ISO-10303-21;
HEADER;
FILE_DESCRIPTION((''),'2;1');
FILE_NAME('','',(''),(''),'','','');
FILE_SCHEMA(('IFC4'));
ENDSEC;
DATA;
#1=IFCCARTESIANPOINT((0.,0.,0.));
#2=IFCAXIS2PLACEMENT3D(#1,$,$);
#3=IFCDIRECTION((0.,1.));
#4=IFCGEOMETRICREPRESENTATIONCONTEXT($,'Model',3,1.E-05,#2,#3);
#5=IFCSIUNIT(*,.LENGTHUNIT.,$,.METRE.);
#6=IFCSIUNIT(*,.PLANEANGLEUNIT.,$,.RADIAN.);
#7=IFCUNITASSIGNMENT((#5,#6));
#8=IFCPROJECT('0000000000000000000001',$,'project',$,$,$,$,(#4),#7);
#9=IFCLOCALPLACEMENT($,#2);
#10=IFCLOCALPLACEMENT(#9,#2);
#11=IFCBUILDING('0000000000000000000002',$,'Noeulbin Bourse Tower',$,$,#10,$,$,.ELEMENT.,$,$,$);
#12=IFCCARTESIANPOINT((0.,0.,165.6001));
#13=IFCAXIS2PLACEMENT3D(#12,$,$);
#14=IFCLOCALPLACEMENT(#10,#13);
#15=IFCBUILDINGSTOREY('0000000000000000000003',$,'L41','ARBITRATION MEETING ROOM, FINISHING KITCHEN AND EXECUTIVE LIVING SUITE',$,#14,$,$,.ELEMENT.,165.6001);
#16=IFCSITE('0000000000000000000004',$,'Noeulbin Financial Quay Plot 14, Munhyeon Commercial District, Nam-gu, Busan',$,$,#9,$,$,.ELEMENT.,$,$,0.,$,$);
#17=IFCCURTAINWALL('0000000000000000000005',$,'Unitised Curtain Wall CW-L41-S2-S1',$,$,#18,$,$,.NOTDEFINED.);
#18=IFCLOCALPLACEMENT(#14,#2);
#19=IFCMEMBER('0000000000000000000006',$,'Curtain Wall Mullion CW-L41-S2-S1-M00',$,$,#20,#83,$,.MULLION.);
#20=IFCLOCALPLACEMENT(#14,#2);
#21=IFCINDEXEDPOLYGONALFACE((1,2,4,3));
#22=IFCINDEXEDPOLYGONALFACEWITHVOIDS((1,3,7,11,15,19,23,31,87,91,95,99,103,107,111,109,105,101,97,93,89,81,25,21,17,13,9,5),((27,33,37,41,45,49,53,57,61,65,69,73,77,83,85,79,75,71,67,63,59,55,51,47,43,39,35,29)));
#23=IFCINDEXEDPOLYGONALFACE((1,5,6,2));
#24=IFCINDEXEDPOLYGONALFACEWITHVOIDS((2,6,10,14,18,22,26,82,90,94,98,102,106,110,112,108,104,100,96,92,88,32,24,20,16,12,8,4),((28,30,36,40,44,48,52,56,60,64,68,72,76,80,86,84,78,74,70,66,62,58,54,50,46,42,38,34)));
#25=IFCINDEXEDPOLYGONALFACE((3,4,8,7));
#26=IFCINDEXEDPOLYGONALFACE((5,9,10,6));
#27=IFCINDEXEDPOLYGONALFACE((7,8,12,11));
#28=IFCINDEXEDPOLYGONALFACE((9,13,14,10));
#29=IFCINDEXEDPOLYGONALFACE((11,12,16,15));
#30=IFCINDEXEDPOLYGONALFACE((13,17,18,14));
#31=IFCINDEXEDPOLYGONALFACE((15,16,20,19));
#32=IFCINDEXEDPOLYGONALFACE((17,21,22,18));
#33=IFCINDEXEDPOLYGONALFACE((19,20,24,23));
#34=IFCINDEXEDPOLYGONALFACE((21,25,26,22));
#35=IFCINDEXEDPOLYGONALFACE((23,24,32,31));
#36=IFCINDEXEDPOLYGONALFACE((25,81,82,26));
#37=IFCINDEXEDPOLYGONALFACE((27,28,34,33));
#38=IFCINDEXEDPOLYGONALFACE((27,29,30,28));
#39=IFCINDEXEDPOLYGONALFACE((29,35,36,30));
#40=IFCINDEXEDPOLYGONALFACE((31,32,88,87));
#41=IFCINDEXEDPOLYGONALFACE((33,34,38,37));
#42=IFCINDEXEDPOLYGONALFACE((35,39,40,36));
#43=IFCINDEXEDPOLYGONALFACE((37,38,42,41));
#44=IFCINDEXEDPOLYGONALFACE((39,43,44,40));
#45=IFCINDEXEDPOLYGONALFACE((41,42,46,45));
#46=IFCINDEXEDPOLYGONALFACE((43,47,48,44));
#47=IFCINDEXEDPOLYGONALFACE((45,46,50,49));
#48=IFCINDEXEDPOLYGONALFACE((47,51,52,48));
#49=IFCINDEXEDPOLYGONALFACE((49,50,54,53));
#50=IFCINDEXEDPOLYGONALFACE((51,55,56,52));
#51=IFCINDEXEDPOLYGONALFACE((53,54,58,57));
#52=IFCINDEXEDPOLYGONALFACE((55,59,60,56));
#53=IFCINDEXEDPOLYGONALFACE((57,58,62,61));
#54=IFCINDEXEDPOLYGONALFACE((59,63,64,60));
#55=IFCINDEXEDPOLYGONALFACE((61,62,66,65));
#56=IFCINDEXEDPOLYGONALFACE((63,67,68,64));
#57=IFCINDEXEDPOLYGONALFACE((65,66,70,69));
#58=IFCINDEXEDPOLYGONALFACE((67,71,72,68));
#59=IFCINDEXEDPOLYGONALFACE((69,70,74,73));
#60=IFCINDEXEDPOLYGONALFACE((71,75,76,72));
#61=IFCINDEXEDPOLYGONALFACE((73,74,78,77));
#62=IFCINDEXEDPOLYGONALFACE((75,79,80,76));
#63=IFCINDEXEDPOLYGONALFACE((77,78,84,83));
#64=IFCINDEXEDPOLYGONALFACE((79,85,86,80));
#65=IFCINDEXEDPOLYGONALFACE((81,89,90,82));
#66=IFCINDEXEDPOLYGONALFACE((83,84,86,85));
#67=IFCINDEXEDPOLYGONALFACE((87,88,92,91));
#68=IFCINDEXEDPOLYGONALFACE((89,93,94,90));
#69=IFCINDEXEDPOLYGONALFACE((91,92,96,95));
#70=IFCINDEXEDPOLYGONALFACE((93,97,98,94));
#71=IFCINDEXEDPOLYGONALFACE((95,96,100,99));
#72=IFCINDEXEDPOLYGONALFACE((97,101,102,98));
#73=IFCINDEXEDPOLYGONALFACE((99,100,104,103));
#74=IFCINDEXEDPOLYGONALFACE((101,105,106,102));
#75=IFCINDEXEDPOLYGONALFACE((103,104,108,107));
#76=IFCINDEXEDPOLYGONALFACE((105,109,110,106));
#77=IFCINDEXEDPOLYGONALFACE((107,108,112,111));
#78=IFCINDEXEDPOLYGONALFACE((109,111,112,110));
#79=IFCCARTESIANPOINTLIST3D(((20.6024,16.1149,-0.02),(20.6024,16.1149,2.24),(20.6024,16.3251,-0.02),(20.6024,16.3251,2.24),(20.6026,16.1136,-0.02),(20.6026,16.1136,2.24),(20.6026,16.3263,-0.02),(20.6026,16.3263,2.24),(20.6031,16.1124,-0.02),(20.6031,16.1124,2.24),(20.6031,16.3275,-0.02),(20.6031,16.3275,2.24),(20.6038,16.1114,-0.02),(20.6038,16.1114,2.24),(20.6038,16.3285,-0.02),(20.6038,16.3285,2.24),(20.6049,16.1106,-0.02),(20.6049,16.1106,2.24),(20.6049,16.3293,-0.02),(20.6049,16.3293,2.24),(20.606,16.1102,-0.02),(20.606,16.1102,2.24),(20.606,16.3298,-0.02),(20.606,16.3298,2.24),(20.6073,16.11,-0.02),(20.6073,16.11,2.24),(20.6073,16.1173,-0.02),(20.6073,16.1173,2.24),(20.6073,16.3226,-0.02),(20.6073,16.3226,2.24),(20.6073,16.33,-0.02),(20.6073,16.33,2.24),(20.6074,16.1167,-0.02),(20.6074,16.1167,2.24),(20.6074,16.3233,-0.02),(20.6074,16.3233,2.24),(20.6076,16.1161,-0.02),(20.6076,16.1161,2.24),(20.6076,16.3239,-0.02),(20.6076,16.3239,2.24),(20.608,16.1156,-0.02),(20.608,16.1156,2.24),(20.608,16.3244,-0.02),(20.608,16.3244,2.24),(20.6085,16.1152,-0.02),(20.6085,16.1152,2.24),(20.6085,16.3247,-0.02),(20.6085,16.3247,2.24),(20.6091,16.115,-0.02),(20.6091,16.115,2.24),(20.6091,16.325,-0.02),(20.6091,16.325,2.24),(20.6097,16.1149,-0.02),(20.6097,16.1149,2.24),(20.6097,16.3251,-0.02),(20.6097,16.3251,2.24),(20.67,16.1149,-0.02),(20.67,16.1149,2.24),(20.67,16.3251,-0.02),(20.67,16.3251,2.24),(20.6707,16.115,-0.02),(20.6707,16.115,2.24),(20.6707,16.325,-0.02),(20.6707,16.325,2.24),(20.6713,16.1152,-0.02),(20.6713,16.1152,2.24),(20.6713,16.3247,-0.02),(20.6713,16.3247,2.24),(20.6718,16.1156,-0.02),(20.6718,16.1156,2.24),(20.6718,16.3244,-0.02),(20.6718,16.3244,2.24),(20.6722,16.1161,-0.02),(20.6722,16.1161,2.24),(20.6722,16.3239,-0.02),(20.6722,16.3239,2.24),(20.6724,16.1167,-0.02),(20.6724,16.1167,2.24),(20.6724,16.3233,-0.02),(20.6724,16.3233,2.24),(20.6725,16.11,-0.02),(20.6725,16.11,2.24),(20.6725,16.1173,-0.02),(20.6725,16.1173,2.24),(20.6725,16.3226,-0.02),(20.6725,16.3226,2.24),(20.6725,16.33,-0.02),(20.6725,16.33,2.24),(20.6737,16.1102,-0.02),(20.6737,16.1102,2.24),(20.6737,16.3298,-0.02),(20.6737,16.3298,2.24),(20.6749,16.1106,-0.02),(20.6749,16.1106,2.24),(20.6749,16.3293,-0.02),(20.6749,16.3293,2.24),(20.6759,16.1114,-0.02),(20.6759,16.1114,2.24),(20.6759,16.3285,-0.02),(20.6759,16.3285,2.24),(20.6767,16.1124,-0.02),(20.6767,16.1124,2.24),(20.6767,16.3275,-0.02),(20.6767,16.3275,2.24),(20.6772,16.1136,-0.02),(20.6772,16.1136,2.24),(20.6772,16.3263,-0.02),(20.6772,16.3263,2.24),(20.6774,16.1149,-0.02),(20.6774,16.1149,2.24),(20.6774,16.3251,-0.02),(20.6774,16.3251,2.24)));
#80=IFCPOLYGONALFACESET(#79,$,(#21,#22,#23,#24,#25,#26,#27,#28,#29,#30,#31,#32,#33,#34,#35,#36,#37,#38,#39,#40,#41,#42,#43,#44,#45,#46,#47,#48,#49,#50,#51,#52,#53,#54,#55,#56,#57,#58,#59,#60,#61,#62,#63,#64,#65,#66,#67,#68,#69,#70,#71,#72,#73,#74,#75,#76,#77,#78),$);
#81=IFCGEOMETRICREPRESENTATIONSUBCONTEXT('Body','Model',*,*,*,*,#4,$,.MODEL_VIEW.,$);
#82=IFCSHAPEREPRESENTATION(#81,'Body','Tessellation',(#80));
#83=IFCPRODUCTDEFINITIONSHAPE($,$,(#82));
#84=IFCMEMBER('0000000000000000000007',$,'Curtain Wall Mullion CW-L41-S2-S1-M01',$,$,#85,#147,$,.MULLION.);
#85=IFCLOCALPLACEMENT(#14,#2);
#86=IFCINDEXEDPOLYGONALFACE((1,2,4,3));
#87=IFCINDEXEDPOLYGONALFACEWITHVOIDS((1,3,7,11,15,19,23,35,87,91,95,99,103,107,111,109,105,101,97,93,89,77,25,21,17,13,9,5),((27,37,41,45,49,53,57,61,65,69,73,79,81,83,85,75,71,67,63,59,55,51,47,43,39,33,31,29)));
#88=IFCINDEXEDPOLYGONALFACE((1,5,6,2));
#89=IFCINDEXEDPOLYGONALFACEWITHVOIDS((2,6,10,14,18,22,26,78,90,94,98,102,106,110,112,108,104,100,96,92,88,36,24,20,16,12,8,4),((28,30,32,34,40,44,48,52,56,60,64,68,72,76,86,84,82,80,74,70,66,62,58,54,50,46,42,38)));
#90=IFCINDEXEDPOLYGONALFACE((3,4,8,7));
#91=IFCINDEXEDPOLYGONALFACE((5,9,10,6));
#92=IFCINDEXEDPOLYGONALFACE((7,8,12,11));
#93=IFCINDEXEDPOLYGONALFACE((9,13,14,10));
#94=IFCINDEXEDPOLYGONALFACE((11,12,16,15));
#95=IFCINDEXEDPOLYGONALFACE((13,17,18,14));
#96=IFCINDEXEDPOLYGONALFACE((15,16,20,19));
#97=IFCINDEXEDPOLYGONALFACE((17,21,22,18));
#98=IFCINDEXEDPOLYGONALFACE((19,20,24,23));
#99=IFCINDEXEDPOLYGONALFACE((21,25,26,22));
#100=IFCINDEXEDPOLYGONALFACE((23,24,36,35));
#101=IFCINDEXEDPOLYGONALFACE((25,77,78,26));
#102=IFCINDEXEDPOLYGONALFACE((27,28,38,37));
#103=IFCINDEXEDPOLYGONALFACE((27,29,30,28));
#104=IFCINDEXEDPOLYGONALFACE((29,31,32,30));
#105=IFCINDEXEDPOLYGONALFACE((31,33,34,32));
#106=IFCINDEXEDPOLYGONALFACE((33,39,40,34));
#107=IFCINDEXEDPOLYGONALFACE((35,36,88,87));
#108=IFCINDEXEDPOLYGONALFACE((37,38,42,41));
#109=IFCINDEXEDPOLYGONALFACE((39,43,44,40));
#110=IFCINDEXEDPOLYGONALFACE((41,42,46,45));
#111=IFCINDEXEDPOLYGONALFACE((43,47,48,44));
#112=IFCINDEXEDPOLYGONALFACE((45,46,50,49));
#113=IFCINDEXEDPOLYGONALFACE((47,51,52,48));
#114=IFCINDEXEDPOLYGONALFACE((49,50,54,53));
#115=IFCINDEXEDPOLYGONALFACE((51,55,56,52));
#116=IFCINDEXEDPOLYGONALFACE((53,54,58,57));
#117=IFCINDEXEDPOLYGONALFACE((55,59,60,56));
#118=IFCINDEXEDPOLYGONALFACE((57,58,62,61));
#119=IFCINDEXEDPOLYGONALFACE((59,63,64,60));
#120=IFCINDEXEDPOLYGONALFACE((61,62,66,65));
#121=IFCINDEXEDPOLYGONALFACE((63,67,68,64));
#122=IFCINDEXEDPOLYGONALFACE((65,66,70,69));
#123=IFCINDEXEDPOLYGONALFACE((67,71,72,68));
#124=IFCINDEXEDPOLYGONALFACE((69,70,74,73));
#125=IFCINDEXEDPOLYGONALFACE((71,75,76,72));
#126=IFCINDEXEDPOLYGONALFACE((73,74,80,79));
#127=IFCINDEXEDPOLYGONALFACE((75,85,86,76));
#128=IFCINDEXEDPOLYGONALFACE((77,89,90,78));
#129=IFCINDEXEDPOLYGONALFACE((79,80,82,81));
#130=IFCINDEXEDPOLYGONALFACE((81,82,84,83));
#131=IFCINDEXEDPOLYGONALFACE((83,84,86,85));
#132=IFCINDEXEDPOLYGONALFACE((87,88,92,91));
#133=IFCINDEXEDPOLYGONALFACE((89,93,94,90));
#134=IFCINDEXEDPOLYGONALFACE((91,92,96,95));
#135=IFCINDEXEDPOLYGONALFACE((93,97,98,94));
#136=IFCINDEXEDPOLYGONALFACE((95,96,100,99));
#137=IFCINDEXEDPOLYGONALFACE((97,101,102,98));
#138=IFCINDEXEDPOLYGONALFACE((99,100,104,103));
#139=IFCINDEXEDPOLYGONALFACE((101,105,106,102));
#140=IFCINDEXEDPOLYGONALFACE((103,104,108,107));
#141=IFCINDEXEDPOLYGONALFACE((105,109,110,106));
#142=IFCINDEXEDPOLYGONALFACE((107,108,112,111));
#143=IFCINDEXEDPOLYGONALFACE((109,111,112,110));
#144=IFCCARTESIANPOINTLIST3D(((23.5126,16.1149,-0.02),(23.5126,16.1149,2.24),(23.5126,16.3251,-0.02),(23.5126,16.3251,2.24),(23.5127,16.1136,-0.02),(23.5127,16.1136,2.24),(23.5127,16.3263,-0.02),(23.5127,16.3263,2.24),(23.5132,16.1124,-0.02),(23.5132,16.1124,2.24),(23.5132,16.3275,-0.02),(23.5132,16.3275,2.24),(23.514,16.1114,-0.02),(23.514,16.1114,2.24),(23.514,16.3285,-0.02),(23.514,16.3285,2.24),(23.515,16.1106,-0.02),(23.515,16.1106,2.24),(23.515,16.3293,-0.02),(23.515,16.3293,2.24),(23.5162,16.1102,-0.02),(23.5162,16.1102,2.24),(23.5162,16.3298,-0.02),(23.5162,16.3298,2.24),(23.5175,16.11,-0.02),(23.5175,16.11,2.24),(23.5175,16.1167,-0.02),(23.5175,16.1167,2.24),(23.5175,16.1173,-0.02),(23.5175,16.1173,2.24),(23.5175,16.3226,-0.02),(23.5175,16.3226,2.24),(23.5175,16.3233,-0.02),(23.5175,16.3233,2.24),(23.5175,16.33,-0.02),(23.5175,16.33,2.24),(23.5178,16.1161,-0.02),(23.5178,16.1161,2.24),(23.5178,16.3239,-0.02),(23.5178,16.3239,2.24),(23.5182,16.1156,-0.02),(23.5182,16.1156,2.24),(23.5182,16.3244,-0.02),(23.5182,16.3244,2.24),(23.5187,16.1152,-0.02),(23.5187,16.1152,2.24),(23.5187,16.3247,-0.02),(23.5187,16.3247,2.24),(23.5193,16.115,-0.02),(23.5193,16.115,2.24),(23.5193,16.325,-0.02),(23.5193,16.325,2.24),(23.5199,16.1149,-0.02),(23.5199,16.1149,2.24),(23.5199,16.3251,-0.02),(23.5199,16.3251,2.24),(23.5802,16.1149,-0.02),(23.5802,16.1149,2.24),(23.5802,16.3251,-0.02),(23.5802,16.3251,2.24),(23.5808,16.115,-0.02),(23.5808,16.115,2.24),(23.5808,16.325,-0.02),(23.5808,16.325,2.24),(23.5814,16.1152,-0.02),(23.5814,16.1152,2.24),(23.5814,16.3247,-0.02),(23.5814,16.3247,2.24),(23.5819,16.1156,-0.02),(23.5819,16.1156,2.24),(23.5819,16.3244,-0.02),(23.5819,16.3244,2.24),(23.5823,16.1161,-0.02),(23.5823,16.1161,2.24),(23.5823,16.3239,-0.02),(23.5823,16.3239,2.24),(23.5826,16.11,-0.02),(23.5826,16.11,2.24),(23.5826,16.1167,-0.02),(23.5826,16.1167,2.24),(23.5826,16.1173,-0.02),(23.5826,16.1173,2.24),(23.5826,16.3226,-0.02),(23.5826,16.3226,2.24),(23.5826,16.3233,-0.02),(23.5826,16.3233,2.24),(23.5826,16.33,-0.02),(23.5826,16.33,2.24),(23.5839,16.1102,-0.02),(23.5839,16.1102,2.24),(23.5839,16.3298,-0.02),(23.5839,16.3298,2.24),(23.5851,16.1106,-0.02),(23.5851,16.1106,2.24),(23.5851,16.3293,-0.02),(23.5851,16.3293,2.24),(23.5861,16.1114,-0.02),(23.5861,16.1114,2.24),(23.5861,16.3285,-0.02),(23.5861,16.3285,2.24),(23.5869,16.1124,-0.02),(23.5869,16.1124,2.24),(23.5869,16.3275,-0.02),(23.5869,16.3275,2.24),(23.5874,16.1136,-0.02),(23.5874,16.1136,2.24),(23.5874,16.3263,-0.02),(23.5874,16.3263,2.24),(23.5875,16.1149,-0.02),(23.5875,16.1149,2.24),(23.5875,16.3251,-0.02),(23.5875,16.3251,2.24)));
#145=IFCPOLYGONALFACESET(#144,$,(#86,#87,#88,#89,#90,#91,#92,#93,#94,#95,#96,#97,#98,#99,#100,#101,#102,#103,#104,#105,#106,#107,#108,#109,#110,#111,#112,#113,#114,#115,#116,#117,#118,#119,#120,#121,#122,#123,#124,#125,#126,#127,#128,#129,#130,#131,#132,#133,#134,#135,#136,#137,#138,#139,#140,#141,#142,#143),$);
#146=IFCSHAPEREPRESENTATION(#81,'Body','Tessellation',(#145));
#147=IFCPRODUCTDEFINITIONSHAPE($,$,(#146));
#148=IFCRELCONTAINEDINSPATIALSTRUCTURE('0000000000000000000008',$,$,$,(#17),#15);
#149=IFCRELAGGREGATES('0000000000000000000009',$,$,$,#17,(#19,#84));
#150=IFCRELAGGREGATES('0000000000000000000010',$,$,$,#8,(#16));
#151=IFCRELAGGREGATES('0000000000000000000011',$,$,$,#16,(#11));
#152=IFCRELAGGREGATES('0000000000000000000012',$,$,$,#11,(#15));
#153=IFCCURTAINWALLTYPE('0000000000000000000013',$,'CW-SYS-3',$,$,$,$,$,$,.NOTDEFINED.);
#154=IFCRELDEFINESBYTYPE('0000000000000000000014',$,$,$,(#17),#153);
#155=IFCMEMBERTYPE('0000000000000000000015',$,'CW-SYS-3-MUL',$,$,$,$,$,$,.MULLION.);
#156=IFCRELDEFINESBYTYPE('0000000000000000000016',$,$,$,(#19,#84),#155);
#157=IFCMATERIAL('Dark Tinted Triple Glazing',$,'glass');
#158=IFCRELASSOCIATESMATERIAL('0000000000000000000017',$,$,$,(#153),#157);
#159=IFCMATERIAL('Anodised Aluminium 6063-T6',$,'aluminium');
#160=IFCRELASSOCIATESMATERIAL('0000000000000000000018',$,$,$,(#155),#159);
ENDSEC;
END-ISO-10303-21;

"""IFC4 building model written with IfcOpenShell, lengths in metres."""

from ifc_helpers import new_model, si_unit, direction, frame, origin, origin_2d, place, context, subcontext, project, spatial, hollow_rectangle, extrude, material, material_profile, profile_set, type_object, element, aggregate, save


model = new_model("IFC4")

# Units and contexts
model_context = context("Model", 3, precision=1e-05, world=origin(), true_north=direction((0.0, 1.0)))
body_context = subcontext(model_context, "Body", "Model", "MODEL_VIEW")
ifc_project = project(units=[si_unit("LENGTHUNIT", "METRE"), si_unit("PLANEANGLEUNIT", "RADIAN")], contexts=[model_context])

# Site, building, storey
site_placement = place(None, origin())
site = spatial("IfcSite", under=ifc_project, at=site_placement, Name="Noeulbin Financial Quay Plot 14, Munhyeon Commercial District, Nam-gu, Busan", CompositionType="ELEMENT", RefElevation=0.0)
building_placement = place(site_placement, origin())
building = spatial("IfcBuilding", under=site, at=building_placement, Name="Noeulbin Bourse Tower", CompositionType="ELEMENT")
storey_placement = place(building_placement, frame((0.0, 0.0, 165.6001)))
storey = spatial("IfcBuildingStorey", under=building, at=storey_placement, Name="L41", Description="ARBITRATION MEETING ROOM, FINISHING KITCHEN AND EXECUTIVE LIVING SUITE", CompositionType="ELEMENT", Elevation=165.6001)

# Curtain wall, members
ifc_material_1 = material(Name="Dark Tinted Triple Glazing", Category="glass")
curtain_wall_type = type_object("IfcCurtainWallType", Name="CW-SYS-3", PredefinedType="NOTDEFINED", material=ifc_material_1)
curtain_wall_1_placement = place(storey_placement, origin())
curtain_wall_1 = element("IfcCurtainWall", 1, at=curtain_wall_1_placement, inside=storey, type_object=curtain_wall_type, Name="Unitised Curtain Wall CW-L41-S2-S1", PredefinedType="NOTDEFINED")
ifc_material_2 = material(Name="Anodised Aluminium 6063-T6", Category="aluminium")
ifc_material_profile_1 = material_profile(ifc_material_2, hollow_rectangle(XDim=0.075, YDim=0.22, WallThickness=0.0049, InnerFilletRadius=0.0024, OuterFilletRadius=0.0049, at=origin_2d()), Name="ALU-MULL-75x220x5", Category="LoadBearing")
ifc_profile_set_1 = profile_set([ifc_material_profile_1], Name="Anodised Aluminium 6063-T6")
member_type_1 = type_object("IfcMemberType", Name="CW-SYS-3-MUL", PredefinedType="MULLION", material=ifc_profile_set_1)
member_1_placement = place(storey_placement, frame((20.6399, 16.22, -0.02), z_axis=(0.0, 0.0, 1.0), x_axis=(1.0, 0.0, 0.0)))
member_1 = element("IfcMember", 2, at=member_1_placement, type_object=member_type_1, Name="Curtain Wall Mullion CW-L41-S2-S1-M00", PredefinedType="MULLION", context=body_context, shape_type="SweptSolid", body=[
    extrude(hollow_rectangle(XDim=0.075, YDim=0.22, WallThickness=0.0049, InnerFilletRadius=0.0024, OuterFilletRadius=0.0049, at=origin_2d()), origin(), (0.0, 0.0, 1.0), 2.26),
])
member_2_placement = place(storey_placement, frame((23.55, 16.22, -0.02), z_axis=(0.0, 0.0, 1.0), x_axis=(1.0, 0.0, 0.0)))
member_2 = element("IfcMember", 3, at=member_2_placement, type_object=member_type_1, Name="Curtain Wall Mullion CW-L41-S2-S1-M01", PredefinedType="MULLION", context=body_context, shape_type="SweptSolid", body=[
    extrude(hollow_rectangle(XDim=0.075, YDim=0.22, WallThickness=0.0049, InnerFilletRadius=0.0024, OuterFilletRadius=0.0049, at=origin_2d()), origin(), (0.0, 0.0, 1.0), 2.26),
])

aggregate(curtain_wall_1, [member_1, member_2])

save(model, "model.ifc")
